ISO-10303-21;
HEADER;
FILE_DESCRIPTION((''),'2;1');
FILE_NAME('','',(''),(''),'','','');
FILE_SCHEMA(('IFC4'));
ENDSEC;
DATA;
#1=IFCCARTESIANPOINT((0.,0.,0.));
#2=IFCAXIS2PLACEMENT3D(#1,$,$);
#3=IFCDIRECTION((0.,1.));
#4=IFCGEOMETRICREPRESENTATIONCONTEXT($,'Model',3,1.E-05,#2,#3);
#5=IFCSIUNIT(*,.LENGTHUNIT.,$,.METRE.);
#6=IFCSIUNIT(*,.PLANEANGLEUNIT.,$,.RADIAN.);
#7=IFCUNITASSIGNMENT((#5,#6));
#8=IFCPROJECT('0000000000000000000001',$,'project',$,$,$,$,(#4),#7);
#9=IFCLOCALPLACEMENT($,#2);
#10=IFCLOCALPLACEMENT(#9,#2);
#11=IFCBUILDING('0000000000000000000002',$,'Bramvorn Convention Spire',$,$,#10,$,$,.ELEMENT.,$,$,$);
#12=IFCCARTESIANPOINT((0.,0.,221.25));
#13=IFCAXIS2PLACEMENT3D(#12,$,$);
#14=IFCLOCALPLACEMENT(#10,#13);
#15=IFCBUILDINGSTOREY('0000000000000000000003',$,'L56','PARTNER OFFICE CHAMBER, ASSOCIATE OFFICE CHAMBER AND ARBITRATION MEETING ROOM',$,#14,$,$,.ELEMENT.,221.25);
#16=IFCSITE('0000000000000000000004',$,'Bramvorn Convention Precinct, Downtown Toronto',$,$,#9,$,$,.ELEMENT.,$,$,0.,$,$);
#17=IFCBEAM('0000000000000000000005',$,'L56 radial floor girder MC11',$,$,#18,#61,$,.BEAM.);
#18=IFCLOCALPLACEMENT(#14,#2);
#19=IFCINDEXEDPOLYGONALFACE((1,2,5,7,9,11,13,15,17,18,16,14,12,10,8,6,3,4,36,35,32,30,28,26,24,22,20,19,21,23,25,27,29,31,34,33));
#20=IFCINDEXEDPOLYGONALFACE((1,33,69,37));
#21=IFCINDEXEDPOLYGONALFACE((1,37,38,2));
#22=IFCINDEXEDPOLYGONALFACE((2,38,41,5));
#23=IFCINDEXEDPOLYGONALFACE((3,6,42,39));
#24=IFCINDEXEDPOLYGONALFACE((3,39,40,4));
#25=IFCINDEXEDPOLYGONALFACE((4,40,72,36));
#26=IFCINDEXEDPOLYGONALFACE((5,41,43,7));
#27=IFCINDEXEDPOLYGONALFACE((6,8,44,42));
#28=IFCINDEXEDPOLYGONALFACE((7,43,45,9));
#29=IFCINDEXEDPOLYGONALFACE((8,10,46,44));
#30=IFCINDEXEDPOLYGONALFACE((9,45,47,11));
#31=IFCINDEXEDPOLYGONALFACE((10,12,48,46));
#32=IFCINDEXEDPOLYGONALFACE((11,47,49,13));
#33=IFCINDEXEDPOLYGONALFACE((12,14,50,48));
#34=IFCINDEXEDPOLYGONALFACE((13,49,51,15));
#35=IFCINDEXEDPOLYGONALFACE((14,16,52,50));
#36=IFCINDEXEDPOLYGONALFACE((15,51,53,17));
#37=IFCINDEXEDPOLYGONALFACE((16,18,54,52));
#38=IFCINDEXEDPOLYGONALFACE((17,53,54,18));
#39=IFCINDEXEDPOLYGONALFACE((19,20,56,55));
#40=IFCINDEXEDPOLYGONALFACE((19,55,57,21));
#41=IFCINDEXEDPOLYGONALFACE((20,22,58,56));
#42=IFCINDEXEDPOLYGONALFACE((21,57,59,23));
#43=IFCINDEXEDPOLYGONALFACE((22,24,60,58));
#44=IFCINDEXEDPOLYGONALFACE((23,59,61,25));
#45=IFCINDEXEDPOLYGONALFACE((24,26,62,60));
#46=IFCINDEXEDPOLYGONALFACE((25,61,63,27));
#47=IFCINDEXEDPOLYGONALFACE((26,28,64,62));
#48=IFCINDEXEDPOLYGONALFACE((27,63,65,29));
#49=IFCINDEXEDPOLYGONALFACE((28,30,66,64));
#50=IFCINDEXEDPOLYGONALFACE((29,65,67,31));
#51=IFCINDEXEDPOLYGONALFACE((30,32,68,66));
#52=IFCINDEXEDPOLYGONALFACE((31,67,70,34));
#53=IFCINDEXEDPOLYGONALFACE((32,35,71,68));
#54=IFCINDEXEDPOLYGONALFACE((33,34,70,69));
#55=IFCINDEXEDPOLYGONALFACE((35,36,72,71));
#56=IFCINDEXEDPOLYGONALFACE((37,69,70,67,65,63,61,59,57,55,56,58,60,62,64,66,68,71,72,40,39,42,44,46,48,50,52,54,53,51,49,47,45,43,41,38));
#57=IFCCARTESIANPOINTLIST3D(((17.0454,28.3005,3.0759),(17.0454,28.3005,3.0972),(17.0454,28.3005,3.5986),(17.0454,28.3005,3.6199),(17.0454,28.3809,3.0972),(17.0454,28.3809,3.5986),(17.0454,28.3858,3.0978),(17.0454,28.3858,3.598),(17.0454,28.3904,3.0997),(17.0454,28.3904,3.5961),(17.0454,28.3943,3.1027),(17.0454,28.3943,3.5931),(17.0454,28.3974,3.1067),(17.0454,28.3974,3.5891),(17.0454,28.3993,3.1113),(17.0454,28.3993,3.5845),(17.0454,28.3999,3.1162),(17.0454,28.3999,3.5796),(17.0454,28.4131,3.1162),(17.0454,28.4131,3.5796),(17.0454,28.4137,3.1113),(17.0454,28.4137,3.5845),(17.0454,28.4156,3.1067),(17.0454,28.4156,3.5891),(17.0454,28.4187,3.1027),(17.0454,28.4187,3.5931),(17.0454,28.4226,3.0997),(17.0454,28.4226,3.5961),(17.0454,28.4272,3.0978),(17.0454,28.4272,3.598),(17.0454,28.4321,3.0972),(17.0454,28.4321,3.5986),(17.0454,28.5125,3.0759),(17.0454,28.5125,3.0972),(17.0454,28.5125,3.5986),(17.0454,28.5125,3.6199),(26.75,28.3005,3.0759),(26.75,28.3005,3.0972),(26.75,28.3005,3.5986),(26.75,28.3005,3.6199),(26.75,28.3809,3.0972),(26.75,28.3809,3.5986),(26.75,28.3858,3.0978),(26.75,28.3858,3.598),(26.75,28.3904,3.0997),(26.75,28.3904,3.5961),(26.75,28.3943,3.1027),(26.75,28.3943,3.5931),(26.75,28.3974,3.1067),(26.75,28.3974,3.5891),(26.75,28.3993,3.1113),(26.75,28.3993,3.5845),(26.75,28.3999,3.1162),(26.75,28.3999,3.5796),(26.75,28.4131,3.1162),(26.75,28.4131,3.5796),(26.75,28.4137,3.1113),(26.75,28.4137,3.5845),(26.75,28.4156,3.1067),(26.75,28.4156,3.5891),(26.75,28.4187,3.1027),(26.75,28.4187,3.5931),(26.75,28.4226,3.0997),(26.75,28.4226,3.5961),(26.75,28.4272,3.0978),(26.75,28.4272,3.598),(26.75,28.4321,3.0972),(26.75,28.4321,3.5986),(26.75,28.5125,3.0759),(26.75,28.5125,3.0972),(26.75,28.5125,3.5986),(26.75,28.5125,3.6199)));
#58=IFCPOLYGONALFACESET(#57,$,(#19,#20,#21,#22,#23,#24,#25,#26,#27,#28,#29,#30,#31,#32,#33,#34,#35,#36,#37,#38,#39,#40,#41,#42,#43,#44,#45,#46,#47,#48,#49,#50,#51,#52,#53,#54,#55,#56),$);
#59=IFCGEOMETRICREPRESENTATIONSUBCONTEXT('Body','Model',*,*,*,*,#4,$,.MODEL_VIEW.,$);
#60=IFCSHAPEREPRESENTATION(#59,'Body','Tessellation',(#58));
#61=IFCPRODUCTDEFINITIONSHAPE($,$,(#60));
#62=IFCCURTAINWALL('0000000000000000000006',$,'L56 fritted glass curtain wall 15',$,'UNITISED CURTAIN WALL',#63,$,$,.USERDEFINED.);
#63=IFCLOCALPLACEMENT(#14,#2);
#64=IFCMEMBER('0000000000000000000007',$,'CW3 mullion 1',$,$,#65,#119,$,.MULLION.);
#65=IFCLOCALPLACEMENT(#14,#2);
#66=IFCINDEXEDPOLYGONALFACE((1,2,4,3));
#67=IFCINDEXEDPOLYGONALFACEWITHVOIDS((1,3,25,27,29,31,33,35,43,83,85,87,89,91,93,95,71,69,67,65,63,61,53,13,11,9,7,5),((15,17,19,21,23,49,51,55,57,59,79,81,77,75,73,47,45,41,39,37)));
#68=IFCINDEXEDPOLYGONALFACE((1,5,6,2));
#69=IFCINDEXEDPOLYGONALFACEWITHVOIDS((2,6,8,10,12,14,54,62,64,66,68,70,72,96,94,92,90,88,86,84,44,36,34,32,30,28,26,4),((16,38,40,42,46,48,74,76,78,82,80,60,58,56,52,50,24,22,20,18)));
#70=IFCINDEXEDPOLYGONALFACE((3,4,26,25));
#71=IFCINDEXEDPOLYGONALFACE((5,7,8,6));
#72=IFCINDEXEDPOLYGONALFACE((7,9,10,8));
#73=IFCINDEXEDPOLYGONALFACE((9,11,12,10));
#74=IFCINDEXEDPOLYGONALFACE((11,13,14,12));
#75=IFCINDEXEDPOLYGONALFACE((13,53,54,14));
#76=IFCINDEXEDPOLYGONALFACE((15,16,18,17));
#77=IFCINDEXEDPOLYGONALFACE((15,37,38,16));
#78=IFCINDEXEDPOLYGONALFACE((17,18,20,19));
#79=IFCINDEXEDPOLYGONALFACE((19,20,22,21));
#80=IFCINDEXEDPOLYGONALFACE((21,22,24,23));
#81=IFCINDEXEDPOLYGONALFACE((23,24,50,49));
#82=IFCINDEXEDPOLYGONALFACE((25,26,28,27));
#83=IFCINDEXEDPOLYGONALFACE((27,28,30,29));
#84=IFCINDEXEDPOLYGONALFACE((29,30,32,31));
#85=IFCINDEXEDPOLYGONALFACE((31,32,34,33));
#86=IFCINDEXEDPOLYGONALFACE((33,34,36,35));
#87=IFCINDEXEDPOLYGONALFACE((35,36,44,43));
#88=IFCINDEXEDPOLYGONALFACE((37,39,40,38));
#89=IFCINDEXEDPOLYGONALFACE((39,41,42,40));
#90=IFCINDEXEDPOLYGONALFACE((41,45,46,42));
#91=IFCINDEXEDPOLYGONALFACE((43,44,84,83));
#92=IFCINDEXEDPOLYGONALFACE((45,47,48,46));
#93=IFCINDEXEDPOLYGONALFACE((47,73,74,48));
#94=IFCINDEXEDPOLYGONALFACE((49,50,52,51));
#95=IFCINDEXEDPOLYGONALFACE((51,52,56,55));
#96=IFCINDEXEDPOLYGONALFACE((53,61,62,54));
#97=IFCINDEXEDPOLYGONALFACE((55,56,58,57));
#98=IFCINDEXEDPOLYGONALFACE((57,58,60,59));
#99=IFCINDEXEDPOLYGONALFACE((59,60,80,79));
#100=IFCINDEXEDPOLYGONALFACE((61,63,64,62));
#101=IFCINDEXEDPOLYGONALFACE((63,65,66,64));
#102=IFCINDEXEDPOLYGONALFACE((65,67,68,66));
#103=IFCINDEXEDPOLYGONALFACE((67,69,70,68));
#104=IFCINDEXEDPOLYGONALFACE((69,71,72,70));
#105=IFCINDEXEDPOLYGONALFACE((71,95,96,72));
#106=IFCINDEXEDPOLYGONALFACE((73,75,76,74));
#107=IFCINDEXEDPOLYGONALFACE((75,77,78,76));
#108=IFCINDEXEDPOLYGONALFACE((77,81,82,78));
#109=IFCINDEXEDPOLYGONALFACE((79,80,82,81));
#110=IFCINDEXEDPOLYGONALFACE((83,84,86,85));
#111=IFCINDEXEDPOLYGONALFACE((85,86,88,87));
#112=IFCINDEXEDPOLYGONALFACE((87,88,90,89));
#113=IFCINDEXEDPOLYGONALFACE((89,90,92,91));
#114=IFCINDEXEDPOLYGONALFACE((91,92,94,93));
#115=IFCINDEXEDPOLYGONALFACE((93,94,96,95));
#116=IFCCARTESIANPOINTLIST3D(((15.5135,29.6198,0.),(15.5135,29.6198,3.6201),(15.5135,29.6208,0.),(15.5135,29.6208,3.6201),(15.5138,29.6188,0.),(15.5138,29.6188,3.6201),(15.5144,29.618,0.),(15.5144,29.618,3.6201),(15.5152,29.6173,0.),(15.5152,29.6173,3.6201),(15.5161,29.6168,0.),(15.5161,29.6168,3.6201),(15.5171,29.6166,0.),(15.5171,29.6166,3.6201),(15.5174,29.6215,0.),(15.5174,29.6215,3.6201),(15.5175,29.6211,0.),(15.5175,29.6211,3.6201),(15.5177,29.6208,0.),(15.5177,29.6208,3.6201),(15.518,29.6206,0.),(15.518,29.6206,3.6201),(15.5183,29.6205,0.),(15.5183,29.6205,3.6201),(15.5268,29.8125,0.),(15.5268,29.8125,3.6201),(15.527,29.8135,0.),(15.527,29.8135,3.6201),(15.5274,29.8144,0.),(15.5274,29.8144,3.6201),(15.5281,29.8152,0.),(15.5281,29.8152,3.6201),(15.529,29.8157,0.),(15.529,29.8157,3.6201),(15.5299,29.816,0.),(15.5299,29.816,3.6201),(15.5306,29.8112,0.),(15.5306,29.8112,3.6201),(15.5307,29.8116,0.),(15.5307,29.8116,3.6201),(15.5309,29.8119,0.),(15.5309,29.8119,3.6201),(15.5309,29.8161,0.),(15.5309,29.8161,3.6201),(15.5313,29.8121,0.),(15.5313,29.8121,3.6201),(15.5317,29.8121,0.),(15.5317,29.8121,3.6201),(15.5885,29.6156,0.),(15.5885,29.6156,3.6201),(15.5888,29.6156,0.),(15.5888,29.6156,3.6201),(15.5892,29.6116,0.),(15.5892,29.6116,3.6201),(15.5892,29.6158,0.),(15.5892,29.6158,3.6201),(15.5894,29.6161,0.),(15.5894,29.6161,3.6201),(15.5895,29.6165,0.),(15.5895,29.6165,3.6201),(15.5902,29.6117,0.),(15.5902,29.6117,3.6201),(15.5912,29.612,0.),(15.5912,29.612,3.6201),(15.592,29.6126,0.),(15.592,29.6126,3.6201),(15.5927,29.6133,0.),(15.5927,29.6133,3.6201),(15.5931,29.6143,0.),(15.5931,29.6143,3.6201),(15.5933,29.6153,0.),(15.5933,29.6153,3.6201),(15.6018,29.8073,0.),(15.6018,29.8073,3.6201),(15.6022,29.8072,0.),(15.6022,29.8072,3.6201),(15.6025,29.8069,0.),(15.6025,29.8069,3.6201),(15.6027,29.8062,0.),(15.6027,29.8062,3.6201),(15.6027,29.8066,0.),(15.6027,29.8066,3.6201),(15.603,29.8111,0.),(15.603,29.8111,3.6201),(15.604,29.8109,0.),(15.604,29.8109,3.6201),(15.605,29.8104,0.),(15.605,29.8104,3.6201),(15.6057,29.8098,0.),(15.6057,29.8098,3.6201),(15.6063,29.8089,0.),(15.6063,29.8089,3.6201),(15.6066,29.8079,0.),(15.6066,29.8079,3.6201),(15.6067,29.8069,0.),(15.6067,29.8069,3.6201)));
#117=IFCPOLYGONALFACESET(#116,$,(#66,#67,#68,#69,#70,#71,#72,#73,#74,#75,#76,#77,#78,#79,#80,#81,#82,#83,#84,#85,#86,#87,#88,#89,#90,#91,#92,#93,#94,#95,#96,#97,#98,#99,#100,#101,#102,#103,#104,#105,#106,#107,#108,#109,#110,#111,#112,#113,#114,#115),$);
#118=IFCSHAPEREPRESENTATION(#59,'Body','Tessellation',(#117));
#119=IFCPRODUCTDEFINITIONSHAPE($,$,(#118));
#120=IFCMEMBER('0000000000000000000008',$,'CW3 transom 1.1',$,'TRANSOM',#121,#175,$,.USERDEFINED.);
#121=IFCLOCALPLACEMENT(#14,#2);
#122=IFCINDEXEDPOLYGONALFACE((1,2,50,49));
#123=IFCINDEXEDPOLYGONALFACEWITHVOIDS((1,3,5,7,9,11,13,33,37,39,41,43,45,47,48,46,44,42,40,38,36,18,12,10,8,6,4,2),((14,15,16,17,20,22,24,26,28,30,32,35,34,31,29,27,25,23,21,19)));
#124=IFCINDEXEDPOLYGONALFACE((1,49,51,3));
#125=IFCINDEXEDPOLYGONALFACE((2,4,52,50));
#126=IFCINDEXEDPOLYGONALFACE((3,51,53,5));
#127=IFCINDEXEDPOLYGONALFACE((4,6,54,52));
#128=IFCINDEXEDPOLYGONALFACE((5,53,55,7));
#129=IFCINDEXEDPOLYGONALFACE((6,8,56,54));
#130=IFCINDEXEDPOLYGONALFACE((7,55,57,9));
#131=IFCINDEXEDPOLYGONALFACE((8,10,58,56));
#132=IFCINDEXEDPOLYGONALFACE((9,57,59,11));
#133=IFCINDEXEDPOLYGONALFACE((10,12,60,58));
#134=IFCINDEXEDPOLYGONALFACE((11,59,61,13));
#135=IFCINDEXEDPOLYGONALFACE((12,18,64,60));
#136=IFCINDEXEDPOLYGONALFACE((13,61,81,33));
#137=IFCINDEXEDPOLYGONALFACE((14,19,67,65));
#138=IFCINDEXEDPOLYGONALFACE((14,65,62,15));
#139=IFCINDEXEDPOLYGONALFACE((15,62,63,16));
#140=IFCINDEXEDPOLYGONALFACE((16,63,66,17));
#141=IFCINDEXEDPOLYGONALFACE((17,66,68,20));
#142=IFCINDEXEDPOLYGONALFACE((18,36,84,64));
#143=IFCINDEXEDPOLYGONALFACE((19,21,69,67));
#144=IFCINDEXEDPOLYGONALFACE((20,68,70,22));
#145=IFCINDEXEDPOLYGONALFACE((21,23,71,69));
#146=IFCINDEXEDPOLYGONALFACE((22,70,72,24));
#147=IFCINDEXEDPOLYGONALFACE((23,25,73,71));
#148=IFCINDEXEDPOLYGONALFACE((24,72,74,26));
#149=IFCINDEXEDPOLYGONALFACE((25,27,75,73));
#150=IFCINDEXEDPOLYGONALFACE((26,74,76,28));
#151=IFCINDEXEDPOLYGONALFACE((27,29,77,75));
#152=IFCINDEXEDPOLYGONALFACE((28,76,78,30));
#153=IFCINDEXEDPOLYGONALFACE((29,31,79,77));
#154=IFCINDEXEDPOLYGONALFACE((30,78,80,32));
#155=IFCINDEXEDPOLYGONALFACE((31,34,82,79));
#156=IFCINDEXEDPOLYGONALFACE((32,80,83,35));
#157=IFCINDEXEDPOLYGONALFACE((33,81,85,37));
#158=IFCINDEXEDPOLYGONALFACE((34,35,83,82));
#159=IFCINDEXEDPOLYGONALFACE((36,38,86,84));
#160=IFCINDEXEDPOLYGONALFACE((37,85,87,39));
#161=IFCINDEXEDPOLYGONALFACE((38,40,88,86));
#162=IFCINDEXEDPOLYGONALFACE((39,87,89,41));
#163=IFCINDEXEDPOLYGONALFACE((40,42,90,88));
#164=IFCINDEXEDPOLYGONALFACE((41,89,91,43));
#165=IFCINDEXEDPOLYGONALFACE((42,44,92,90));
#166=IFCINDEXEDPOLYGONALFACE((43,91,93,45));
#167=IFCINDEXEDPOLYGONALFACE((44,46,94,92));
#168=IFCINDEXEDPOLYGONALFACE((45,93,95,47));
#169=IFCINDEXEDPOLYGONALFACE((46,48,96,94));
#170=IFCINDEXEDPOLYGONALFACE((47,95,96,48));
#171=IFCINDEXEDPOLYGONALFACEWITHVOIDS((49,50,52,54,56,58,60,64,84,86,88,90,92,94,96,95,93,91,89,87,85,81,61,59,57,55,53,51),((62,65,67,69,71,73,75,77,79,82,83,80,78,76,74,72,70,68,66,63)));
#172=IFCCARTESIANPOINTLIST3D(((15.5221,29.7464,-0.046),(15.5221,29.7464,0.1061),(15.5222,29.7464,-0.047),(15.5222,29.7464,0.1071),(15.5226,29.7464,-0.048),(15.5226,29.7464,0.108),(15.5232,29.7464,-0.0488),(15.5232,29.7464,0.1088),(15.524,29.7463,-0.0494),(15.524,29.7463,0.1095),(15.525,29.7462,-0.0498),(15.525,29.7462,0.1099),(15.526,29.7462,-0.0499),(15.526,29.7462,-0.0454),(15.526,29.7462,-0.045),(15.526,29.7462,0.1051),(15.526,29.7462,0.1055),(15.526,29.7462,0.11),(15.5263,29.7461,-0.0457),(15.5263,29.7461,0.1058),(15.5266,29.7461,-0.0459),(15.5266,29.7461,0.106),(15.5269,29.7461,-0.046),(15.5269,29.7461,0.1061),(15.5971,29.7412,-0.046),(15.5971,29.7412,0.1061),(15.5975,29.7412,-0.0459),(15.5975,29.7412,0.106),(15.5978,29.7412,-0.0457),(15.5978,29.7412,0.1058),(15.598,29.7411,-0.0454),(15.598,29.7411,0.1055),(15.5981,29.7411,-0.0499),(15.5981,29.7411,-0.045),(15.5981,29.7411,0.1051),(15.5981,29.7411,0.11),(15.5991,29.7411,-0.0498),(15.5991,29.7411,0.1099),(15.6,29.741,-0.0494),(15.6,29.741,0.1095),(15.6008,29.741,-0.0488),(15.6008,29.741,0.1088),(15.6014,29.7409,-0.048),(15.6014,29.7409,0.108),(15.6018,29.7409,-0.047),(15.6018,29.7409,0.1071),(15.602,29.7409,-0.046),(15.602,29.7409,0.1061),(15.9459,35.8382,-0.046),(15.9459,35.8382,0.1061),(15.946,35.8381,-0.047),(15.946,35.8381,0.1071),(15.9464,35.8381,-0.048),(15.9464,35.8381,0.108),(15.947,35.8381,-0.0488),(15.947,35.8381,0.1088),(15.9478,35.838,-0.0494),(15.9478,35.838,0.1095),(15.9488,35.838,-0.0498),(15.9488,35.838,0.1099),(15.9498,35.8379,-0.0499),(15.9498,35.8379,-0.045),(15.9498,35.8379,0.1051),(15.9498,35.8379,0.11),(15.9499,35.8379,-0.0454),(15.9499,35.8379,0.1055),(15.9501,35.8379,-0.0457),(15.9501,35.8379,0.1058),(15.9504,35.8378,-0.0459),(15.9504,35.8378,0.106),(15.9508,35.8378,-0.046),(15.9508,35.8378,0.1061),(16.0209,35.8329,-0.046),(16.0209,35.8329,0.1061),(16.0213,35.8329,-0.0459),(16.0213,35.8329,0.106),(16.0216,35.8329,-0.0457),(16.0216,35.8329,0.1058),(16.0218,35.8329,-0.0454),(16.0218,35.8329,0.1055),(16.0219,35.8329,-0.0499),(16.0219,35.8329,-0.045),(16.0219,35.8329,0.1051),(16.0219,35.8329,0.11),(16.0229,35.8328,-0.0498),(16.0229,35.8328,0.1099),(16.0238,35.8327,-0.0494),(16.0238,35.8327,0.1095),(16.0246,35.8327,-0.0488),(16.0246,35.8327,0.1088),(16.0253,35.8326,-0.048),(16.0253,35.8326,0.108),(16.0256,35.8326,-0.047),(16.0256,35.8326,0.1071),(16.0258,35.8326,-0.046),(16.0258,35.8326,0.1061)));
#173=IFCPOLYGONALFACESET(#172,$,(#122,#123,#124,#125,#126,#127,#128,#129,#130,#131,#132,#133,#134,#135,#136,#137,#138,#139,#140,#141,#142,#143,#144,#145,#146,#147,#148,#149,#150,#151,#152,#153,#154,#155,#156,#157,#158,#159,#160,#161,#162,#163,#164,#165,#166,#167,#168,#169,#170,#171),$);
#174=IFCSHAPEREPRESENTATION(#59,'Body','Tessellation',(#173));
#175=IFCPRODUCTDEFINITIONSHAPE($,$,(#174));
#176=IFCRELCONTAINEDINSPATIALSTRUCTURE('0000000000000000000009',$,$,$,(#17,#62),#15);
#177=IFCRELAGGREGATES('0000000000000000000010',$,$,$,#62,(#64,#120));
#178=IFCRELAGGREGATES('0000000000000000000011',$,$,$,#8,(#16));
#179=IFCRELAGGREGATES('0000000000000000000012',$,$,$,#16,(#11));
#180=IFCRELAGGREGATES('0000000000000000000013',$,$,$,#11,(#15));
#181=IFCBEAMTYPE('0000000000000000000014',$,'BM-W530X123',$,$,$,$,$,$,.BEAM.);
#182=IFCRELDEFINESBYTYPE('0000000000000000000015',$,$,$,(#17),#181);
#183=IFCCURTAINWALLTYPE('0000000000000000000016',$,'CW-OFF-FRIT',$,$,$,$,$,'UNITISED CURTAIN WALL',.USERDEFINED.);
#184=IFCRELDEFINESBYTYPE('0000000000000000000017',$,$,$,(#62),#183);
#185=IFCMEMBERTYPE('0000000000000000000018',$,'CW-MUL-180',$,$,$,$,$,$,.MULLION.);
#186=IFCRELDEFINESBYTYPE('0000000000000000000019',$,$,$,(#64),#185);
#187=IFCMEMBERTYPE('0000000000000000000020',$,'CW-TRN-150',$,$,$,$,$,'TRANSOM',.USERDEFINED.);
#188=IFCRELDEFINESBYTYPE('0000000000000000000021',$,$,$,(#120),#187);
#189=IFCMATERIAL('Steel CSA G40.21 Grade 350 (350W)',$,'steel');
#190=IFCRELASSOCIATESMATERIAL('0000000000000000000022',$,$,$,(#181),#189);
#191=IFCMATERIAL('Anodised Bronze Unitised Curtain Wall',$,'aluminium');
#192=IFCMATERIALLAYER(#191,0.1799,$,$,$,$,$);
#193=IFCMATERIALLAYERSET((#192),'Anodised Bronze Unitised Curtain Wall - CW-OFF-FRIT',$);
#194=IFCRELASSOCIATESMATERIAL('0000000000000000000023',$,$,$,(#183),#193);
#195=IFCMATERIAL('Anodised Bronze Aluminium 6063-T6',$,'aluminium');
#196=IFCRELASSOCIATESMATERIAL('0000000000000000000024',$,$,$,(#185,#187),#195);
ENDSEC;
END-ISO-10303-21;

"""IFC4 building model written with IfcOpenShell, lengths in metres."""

from ifc_helpers import new_model, si_unit, direction, frame, origin, origin_2d, place, context, subcontext, project, spatial, hollow_rectangle, i_section, extrude, material, layer, layer_set, material_profile, profile_set, type_object, element, aggregate, save


model = new_model("IFC4")

# Units and contexts
model_context = context("Model", 3, precision=1e-05, world=origin(), true_north=direction((0.0, 1.0)))
body_context = subcontext(model_context, "Body", "Model", "MODEL_VIEW")
ifc_project = project(units=[si_unit("LENGTHUNIT", "METRE"), si_unit("PLANEANGLEUNIT", "RADIAN")], contexts=[model_context])

# Site, building, storey
site_placement = place(None, origin())
site = spatial("IfcSite", under=ifc_project, at=site_placement, Name="Bramvorn Convention Precinct, Downtown Toronto", CompositionType="ELEMENT", RefElevation=0.0)
building_placement = place(site_placement, origin())
building = spatial("IfcBuilding", under=site, at=building_placement, Name="Bramvorn Convention Spire", CompositionType="ELEMENT")
storey_placement = place(building_placement, frame((0.0, 0.0, 221.25)))
storey = spatial("IfcBuildingStorey", under=building, at=storey_placement, Name="L56", Description="PARTNER OFFICE CHAMBER, ASSOCIATE OFFICE CHAMBER AND ARBITRATION MEETING ROOM", CompositionType="ELEMENT", Elevation=221.25)

# Shared definitions
ifc_material_1 = material(Name="Steel CSA G40.21 Grade 350 (350W)", Category="steel")

# Beam
ifc_material_profile_1 = material_profile(ifc_material_1, i_section(OverallWidth=0.2119, OverallDepth=0.5439, WebThickness=0.0132, FlangeThickness=0.0212, FilletRadius=0.019, at=origin_2d()))
ifc_profile_set_1 = profile_set([ifc_material_profile_1], Name="Steel CSA G40.21 Grade 350 (350W) - W530X123")
beam_type_1 = type_object("IfcBeamType", Name="BM-W530X123", PredefinedType="BEAM", material=ifc_profile_set_1)
beam_1_placement = place(storey_placement, frame((26.75, 28.4065, 3.3479), z_axis=(-1.0, 0.0, 0.0), x_axis=(0.0, -1.0, 0.0)))
element("IfcBeam", 1, at=beam_1_placement, inside=storey, type_object=beam_type_1, Name="L56 radial floor girder MC11", PredefinedType="BEAM", context=body_context, shape_type="SweptSolid", body=[
    extrude(i_section(OverallWidth=0.2119, OverallDepth=0.5439, WebThickness=0.0132, FlangeThickness=0.0212, FilletRadius=0.019, at=origin_2d()), origin(), (0.0, 0.0, 1.0), 9.7046),
])

# Curtain wall, members
ifc_material_2 = material(Name="Anodised Bronze Unitised Curtain Wall", Category="aluminium")
ifc_layer_1 = layer(ifc_material_2, 0.1799)
ifc_layer_set_1 = layer_set([ifc_layer_1], Name="Anodised Bronze Unitised Curtain Wall - CW-OFF-FRIT")
curtain_wall_type = type_object("IfcCurtainWallType", Name="CW-OFF-FRIT", ElementType="UNITISED CURTAIN WALL", PredefinedType="USERDEFINED", material=ifc_layer_set_1)
curtain_wall_placement = place(storey_placement, origin())
curtain_wall = element("IfcCurtainWall", 2, at=curtain_wall_placement, inside=storey, type_object=curtain_wall_type, Name="L56 fritted glass curtain wall 15", ObjectType="UNITISED CURTAIN WALL", PredefinedType="USERDEFINED")
ifc_material_3 = material(Name="Anodised Bronze Aluminium 6063-T6", Category="aluminium")
ifc_material_profile_2 = material_profile(ifc_material_3, hollow_rectangle(XDim=0.0801, YDim=0.2, WallThickness=0.0039, InnerFilletRadius=0.001, OuterFilletRadius=0.0039, at=origin_2d()))
ifc_profile_set_2 = profile_set([ifc_material_profile_2], Name="Anodised Bronze Aluminium 6063-T6 - CWM80X200")
member_type_1 = type_object("IfcMemberType", Name="CW-MUL-180", PredefinedType="MULLION", material=ifc_profile_set_2)
member_1_placement = place(storey_placement, frame((15.5601, 29.7139, 0.0), z_axis=(0.0, 0.0, 1.0), x_axis=(-0.99759, 0.069382, 0.0)))
member_1 = element("IfcMember", 3, at=member_1_placement, type_object=member_type_1, Name="CW3 mullion 1", PredefinedType="MULLION", context=body_context, shape_type="SweptSolid", body=[
    extrude(hollow_rectangle(XDim=0.0801, YDim=0.2, WallThickness=0.0039, InnerFilletRadius=0.001, OuterFilletRadius=0.0039, at=origin_2d()), origin(), (0.0, 0.0, 1.0), 3.6201),
])
ifc_material_profile_3 = material_profile(ifc_material_3, hollow_rectangle(XDim=0.0801, YDim=0.1599, WallThickness=0.0039, InnerFilletRadius=0.001, OuterFilletRadius=0.0039, at=origin_2d()))
ifc_profile_set_3 = profile_set([ifc_material_profile_3], Name="Anodised Bronze Aluminium 6063-T6 - CWT80X160")
member_type_2 = type_object("IfcMemberType", Name="CW-TRN-150", ElementType="TRANSOM", PredefinedType="USERDEFINED", material=ifc_profile_set_3)
member_2_placement = place(storey_placement, frame((15.562, 29.7437, 0.03), z_axis=(0.069406, 0.997589, 0.0), x_axis=(-0.997589, 0.069406, 0.0)))
member_2 = element("IfcMember", 4, at=member_2_placement, type_object=member_type_2, Name="CW3 transom 1.1", ObjectType="TRANSOM", PredefinedType="USERDEFINED", context=body_context, shape_type="SweptSolid", body=[
    extrude(hollow_rectangle(XDim=0.0801, YDim=0.1599, WallThickness=0.0039, InnerFilletRadius=0.001, OuterFilletRadius=0.0039, at=origin_2d()), origin(), (0.0, 0.0, 1.0), 6.1064),
])
aggregate(curtain_wall, [member_1, member_2])

save(model, "model.ifc")
